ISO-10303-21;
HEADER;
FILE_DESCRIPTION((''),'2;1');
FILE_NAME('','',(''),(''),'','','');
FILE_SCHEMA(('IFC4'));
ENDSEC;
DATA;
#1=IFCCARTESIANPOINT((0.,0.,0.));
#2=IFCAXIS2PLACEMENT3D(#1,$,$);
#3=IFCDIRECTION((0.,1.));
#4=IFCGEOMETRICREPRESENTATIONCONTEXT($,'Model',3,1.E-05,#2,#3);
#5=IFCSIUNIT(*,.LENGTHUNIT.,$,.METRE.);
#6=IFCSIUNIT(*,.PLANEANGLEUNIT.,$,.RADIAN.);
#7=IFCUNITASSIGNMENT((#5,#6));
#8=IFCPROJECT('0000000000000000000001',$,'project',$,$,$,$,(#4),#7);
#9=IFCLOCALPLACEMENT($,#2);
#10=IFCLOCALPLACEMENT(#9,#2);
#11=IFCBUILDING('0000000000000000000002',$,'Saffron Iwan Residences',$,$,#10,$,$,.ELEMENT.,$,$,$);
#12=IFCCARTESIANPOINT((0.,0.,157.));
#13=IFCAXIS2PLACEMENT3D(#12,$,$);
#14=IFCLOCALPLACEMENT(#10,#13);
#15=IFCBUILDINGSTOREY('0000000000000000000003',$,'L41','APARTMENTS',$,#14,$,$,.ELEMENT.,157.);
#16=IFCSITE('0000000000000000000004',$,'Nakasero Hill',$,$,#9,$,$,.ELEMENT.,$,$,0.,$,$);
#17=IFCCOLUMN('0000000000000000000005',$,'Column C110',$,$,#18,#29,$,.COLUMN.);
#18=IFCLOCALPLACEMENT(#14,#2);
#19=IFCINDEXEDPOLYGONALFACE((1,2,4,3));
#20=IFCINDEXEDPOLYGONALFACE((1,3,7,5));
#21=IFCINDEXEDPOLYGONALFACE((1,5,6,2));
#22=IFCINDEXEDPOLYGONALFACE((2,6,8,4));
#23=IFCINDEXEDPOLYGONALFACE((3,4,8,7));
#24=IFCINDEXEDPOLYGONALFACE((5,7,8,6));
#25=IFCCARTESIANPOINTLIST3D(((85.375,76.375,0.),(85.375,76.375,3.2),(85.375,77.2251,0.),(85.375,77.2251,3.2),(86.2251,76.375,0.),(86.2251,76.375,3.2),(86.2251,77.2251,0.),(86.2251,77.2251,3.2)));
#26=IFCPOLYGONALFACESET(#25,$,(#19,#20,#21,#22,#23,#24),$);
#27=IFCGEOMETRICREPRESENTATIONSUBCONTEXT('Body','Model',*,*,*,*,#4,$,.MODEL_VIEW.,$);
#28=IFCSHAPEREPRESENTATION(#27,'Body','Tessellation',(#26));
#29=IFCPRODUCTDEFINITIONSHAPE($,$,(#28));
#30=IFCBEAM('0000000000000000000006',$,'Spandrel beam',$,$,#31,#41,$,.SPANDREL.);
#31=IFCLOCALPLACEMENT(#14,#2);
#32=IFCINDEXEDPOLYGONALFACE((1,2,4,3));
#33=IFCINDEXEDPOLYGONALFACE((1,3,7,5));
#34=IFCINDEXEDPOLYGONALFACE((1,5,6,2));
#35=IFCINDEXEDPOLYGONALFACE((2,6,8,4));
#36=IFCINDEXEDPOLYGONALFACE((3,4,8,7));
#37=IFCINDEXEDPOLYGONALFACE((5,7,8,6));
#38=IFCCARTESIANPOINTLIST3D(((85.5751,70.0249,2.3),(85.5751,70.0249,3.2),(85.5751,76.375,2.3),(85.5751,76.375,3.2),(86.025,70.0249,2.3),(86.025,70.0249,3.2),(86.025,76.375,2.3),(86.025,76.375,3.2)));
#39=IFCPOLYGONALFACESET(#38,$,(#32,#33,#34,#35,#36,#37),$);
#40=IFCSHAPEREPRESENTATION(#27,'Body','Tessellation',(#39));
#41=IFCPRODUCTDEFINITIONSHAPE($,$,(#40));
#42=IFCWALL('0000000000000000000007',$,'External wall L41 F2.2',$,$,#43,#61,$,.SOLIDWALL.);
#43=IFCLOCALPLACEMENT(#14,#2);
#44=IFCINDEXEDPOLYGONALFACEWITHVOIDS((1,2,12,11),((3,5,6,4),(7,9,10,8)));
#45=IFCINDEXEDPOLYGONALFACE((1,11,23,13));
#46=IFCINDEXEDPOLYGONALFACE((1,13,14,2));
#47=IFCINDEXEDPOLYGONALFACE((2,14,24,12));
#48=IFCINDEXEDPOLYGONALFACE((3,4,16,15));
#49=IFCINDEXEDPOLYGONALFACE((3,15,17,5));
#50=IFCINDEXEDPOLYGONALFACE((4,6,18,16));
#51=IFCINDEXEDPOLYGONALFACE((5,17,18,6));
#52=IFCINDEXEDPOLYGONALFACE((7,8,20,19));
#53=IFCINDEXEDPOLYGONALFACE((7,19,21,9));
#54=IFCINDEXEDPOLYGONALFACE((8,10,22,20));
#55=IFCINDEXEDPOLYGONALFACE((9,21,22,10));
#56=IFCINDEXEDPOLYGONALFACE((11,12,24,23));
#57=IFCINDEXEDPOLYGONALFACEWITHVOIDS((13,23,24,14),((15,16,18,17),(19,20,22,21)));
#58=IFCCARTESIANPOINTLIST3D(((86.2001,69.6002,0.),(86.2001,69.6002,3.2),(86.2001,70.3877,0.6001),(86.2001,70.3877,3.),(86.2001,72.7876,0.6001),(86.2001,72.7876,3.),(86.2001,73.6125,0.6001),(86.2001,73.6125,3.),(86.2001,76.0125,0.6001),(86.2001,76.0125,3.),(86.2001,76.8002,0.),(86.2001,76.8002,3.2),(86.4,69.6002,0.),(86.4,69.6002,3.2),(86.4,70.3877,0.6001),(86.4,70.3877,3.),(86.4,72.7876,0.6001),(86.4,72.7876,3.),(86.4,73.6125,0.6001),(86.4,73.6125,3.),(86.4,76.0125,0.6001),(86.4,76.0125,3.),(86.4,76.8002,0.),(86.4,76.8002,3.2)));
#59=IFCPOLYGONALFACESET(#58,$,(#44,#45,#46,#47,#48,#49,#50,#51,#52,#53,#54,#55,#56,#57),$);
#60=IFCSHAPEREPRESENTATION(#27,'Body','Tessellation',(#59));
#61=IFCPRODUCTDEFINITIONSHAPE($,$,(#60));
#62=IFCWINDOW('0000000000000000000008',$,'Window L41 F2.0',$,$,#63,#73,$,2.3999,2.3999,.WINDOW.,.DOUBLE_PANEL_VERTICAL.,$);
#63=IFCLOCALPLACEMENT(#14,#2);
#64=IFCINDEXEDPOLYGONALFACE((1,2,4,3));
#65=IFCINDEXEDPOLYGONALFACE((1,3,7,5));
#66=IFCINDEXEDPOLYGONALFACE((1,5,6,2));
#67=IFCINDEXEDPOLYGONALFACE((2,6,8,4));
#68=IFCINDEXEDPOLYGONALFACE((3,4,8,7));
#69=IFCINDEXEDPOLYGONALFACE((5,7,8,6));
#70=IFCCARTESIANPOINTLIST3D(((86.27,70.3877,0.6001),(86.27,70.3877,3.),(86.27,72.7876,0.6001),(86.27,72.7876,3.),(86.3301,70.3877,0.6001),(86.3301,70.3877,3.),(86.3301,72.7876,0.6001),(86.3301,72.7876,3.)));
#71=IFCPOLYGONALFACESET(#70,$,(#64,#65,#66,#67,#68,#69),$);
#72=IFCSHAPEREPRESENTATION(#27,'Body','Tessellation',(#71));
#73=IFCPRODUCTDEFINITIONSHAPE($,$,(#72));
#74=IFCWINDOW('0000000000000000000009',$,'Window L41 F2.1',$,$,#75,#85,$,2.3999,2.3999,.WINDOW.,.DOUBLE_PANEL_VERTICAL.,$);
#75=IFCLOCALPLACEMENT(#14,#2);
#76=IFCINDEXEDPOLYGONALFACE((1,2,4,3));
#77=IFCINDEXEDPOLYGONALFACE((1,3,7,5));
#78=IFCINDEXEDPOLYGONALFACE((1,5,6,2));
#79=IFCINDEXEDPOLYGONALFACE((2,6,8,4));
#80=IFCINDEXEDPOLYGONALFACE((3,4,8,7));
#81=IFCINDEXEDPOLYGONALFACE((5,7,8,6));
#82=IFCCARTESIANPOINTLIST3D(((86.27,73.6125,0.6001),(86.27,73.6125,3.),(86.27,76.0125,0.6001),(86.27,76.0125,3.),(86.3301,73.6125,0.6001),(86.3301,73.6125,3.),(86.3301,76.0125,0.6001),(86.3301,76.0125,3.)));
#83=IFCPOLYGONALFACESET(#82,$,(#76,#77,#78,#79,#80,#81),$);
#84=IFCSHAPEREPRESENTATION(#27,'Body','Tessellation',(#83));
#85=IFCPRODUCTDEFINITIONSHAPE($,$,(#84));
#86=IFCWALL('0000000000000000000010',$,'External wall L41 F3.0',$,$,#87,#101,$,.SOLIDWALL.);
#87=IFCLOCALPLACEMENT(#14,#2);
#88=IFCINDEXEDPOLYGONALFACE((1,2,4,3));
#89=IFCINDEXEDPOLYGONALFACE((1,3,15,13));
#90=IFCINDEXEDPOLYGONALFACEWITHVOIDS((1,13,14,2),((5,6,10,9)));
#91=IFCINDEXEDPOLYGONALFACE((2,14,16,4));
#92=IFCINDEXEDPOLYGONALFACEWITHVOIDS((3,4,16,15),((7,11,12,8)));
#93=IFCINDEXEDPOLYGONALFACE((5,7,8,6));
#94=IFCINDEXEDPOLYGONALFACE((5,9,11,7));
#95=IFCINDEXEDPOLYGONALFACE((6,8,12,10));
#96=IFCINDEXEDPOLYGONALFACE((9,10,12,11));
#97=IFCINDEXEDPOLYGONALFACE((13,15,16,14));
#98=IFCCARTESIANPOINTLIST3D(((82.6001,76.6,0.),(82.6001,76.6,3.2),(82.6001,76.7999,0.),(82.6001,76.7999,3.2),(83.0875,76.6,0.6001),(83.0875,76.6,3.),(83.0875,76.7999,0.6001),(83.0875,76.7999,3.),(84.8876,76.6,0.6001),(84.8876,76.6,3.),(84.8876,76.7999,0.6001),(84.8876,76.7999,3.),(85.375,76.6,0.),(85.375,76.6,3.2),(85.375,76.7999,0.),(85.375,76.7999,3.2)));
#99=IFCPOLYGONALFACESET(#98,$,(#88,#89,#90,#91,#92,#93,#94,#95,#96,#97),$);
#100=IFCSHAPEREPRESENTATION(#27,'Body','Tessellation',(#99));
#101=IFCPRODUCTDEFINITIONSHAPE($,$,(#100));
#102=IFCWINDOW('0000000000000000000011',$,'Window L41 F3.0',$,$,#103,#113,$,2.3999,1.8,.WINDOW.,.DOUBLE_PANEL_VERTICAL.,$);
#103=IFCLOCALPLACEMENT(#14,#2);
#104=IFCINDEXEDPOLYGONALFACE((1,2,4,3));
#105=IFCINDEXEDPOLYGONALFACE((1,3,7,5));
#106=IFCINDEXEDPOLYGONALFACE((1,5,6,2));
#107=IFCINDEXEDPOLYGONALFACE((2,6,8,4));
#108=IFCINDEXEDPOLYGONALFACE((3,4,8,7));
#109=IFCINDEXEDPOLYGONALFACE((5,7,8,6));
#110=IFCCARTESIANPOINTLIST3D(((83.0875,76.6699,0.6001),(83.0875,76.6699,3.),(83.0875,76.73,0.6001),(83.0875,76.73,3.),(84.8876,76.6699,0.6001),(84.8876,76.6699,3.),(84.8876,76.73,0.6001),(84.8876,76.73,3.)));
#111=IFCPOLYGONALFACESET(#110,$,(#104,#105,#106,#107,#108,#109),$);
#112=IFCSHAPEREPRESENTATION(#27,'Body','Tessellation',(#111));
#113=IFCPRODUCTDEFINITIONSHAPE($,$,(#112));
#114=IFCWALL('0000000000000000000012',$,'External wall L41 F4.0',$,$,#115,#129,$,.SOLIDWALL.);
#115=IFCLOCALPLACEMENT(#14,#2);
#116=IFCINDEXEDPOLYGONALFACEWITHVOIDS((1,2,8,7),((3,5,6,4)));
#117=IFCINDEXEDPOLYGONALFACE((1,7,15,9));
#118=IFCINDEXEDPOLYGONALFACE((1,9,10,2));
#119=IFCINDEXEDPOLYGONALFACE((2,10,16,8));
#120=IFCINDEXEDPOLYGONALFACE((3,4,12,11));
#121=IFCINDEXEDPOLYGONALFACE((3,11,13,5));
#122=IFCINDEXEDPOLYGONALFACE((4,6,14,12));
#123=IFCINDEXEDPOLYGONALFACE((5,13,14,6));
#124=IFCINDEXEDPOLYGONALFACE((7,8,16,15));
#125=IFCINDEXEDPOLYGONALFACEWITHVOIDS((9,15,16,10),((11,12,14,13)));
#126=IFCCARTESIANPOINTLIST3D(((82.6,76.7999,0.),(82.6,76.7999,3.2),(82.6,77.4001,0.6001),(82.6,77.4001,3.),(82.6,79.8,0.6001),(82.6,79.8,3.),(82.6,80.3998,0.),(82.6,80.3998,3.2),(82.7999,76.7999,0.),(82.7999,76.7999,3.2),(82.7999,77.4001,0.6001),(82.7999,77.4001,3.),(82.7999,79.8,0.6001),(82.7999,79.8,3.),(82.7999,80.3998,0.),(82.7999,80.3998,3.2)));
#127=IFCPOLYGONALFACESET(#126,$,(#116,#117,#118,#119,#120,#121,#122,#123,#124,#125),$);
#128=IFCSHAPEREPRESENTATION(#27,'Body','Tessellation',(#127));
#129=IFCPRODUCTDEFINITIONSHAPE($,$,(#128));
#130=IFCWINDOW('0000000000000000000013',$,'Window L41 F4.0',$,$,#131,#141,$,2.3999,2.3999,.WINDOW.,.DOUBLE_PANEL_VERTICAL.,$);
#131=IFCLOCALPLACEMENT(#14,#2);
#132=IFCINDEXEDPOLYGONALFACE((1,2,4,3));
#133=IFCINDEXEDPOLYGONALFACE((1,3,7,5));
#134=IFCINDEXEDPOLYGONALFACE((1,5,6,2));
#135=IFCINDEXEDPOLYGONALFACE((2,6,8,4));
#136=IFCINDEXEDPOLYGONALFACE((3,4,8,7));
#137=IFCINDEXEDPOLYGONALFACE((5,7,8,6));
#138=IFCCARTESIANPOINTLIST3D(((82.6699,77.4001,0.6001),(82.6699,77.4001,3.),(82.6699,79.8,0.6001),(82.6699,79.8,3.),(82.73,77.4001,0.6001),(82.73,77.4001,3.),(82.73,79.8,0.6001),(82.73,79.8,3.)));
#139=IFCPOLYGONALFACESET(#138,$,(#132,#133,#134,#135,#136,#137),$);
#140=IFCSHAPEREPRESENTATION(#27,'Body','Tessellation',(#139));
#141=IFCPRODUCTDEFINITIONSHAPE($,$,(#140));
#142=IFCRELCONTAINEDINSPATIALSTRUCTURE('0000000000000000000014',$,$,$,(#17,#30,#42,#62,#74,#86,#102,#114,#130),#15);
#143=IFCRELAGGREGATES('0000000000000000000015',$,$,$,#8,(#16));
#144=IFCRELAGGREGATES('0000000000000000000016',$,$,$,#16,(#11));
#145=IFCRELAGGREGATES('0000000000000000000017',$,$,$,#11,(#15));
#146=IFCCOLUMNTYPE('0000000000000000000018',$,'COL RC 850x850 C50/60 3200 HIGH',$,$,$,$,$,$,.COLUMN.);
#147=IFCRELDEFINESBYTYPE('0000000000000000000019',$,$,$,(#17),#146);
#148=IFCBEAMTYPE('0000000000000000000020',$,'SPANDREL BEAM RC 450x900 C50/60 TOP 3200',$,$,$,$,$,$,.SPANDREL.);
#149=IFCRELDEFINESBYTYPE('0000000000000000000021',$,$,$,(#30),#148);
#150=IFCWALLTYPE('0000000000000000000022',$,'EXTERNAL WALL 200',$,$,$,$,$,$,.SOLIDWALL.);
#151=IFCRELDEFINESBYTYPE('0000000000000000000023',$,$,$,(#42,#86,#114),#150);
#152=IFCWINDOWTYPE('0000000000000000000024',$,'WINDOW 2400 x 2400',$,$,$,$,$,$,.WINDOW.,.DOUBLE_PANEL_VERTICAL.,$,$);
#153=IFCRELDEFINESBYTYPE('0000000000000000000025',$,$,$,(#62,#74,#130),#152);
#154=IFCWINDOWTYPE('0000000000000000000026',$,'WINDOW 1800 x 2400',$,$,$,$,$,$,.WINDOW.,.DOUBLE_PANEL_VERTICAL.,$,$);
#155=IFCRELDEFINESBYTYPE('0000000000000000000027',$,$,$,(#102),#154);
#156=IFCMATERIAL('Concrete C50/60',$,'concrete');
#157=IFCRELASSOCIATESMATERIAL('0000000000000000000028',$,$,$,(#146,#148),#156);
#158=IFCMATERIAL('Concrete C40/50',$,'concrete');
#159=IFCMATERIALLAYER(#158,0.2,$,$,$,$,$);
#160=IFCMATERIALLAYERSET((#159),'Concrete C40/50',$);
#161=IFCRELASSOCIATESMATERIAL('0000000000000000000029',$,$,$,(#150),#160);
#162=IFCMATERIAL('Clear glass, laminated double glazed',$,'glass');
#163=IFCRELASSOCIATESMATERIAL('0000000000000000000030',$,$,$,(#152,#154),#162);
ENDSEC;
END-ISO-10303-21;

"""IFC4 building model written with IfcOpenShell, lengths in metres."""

from ifc_helpers import new_model, si_unit, direction, frame, frame_2d, origin, origin_2d, place, context, subcontext, project, spatial, rectangle, extrude, source, transform, mapped, material, layer, layer_set, material_profile, profile_set, type_object, element, fill, save


model = new_model("IFC4")

# Units and contexts
model_context = context("Model", 3, precision=1e-05, world=origin(), true_north=direction((0.0, 1.0)))
body_context = subcontext(model_context, "Body", "Model", "MODEL_VIEW")
ifc_project = project(units=[si_unit("LENGTHUNIT", "METRE"), si_unit("PLANEANGLEUNIT", "RADIAN")], contexts=[model_context])

# Site, building, storey
site_placement = place(None, origin())
site = spatial("IfcSite", under=ifc_project, at=site_placement, Name="Nakasero Hill", CompositionType="ELEMENT", RefElevation=0.0)
building_placement = place(site_placement, origin())
building = spatial("IfcBuilding", under=site, at=building_placement, Name="Saffron Iwan Residences", CompositionType="ELEMENT")
storey_placement = place(building_placement, frame((0.0, 0.0, 157.0)))
storey = spatial("IfcBuildingStorey", under=building, at=storey_placement, Name="L41", Description="APARTMENTS", CompositionType="ELEMENT", Elevation=157.0)

# Column
ifc_material_1 = material(Name="Concrete C50/60", Category="concrete")
ifc_material_profile_1 = material_profile(ifc_material_1, rectangle(XDim=0.8501, YDim=0.8501, at=origin_2d()), Name="RC 850x850")
ifc_profile_set_1 = profile_set([ifc_material_profile_1], Name="Concrete C50/60")
column_type = type_object("IfcColumnType", Name="COL RC 850x850 C50/60 3200 HIGH", PredefinedType="COLUMN", material=ifc_profile_set_1)
shared_shape_1 = source(origin(), body_context, "Body", "SweptSolid", [
    extrude(rectangle(XDim=0.8501, YDim=0.8501, at=origin_2d()), origin(), (0.0, 0.0, 1.0), 3.2),
])
column_placement = place(storey_placement, frame((85.8, 76.8, 0.0), z_axis=(0.0, 0.0, 1.0), x_axis=(1.0, 0.0, 0.0)))
element("IfcColumn", 1, at=column_placement, inside=storey, type_object=column_type, Name="Column C110", PredefinedType="COLUMN", context=body_context, shape_type="MappedRepresentation", body=[
    mapped(shared_shape_1, transform((0.0, 0.0, 0.0))),
])

# Beam
ifc_material_profile_2 = material_profile(ifc_material_1, rectangle(XDim=0.45, YDim=0.8999, at=origin_2d()), Name="RC 450x900")
ifc_profile_set_2 = profile_set([ifc_material_profile_2], Name="Concrete C50/60")
beam_type = type_object("IfcBeamType", Name="SPANDREL BEAM RC 450x900 C50/60 TOP 3200", PredefinedType="SPANDREL", material=ifc_profile_set_2)
shared_shape_2 = source(origin(), body_context, "Body", "SweptSolid", [
    extrude(rectangle(XDim=0.45, YDim=0.8999, at=origin_2d()), origin(), (0.0, 0.0, 1.0), 6.3501),
])
beam_placement = place(storey_placement, frame((85.8, 76.375, 2.75), z_axis=(0.0, -1.0, 0.0), x_axis=(1.0, 0.0, 0.0)))
element("IfcBeam", 2, at=beam_placement, inside=storey, type_object=beam_type, Name="Spandrel beam", PredefinedType="SPANDREL", context=body_context, shape_type="MappedRepresentation", body=[
    mapped(shared_shape_2, transform((0.0, 0.0, 0.0))),
])

# Wall, openings, windows
ifc_material_2 = material(Name="Concrete C40/50", Category="concrete")
ifc_layer = layer(ifc_material_2, 0.2)
ifc_layer_set = layer_set([ifc_layer], Name="Concrete C40/50")
wall_type = type_object("IfcWallType", Name="EXTERNAL WALL 200", PredefinedType="SOLIDWALL", material=ifc_layer_set)
wall_1_placement = place(storey_placement, frame((86.3, 69.6001, 0.0), z_axis=(0.0, 0.0, 1.0), x_axis=(0.0, 1.0, 0.0)))
wall_1 = element("IfcWall", 3, at=wall_1_placement, inside=storey, type_object=wall_type, Name="External wall L41 F2.2", PredefinedType="SOLIDWALL", context=body_context, shape_type="SweptSolid", body=[
    extrude(rectangle(XDim=7.2, YDim=0.2, at=frame_2d((3.6001, 0.0))), origin(), (0.0, 0.0, 1.0), 3.2),
])
opening_1_placement = place(wall_1_placement, frame((0.7876, 0.0, 0.6001)))
opening_1 = element("IfcOpeningElement", 4, at=opening_1_placement, cuts=wall_1, PredefinedType="OPENING", context=body_context, shape_type="SweptSolid", body=[
    extrude(rectangle(XDim=2.3999, YDim=2.3999, at=frame_2d((1.2, 1.2))), frame((0.0, 0.1099, 0.0), z_axis=(0.0, -1.0, 0.0), x_axis=(1.0, 0.0, 0.0)), (0.0, 0.0, 1.0), 0.22),
])
opening_2_placement = place(wall_1_placement, frame((4.0125, 0.0, 0.6001)))
opening_2 = element("IfcOpeningElement", 5, at=opening_2_placement, cuts=wall_1, PredefinedType="OPENING", context=body_context, shape_type="SweptSolid", body=[
    extrude(rectangle(XDim=2.3999, YDim=2.3999, at=frame_2d((1.2, 1.2))), frame((0.0, 0.1099, 0.0), z_axis=(0.0, -1.0, 0.0), x_axis=(1.0, 0.0, 0.0)), (0.0, 0.0, 1.0), 0.22),
])
ifc_material_3 = material(Name="Clear glass, laminated double glazed", Category="glass")
window_type_1 = type_object("IfcWindowType", Name="WINDOW 2400 x 2400", PartitioningType="DOUBLE_PANEL_VERTICAL", PredefinedType="WINDOW", material=ifc_material_3)
window_1_placement = place(opening_1_placement, origin())
window_1 = element("IfcWindow", 6, at=window_1_placement, inside=storey, type_object=window_type_1, Name="Window L41 F2.0", OverallHeight=2.3999, OverallWidth=2.3999, PartitioningType="DOUBLE_PANEL_VERTICAL", PredefinedType="WINDOW", context=body_context, shape_type="SweptSolid", body=[
    extrude(rectangle(XDim=2.3999, YDim=2.3999, at=frame_2d((1.2, 1.2))), frame((0.0, 0.03, 0.0), z_axis=(0.0, -1.0, 0.0), x_axis=(1.0, 0.0, 0.0)), (0.0, 0.0, 1.0), 0.0601),
])
fill(opening_1, window_1)
window_2_placement = place(opening_2_placement, origin())
window_2 = element("IfcWindow", 7, at=window_2_placement, inside=storey, type_object=window_type_1, Name="Window L41 F2.1", OverallHeight=2.3999, OverallWidth=2.3999, PartitioningType="DOUBLE_PANEL_VERTICAL", PredefinedType="WINDOW", context=body_context, shape_type="SweptSolid", body=[
    extrude(rectangle(XDim=2.3999, YDim=2.3999, at=frame_2d((1.2, 1.2))), frame((0.0, 0.03, 0.0), z_axis=(0.0, -1.0, 0.0), x_axis=(1.0, 0.0, 0.0)), (0.0, 0.0, 1.0), 0.0601),
])
fill(opening_2, window_2)

# Walls, openings, windows
wall_2_placement = place(storey_placement, frame((85.375, 76.7, 0.0), z_axis=(0.0, 0.0, 1.0), x_axis=(-1.0, 0.0, 0.0)))
wall_2 = element("IfcWall", 8, at=wall_2_placement, inside=storey, type_object=wall_type, Name="External wall L41 F3.0", PredefinedType="SOLIDWALL", context=body_context, shape_type="SweptSolid", body=[
    extrude(rectangle(XDim=2.7749, YDim=0.2, at=frame_2d((1.3875, 0.0))), origin(), (0.0, 0.0, 1.0), 3.2),
])
opening_3_placement = place(wall_2_placement, frame((0.4875, 0.0, 0.6001)))
opening_3 = element("IfcOpeningElement", 9, at=opening_3_placement, cuts=wall_2, PredefinedType="OPENING", context=body_context, shape_type="SweptSolid", body=[
    extrude(rectangle(XDim=1.8, YDim=2.3999, at=frame_2d((0.8999, 1.2))), frame((0.0, 0.1099, 0.0), z_axis=(0.0, -1.0, 0.0), x_axis=(1.0, 0.0, 0.0)), (0.0, 0.0, 1.0), 0.22),
])
window_type_2 = type_object("IfcWindowType", Name="WINDOW 1800 x 2400", PartitioningType="DOUBLE_PANEL_VERTICAL", PredefinedType="WINDOW", material=ifc_material_3)
window_3_placement = place(opening_3_placement, origin())
window_3 = element("IfcWindow", 10, at=window_3_placement, inside=storey, type_object=window_type_2, Name="Window L41 F3.0", OverallHeight=2.3999, OverallWidth=1.8, PartitioningType="DOUBLE_PANEL_VERTICAL", PredefinedType="WINDOW", context=body_context, shape_type="SweptSolid", body=[
    extrude(rectangle(XDim=1.8, YDim=2.3999, at=frame_2d((0.8999, 1.2))), frame((0.0, 0.03, 0.0), z_axis=(0.0, -1.0, 0.0), x_axis=(1.0, 0.0, 0.0)), (0.0, 0.0, 1.0), 0.0601),
])
fill(opening_3, window_3)
wall_3_placement = place(storey_placement, frame((82.7, 76.8, 0.0), z_axis=(0.0, 0.0, 1.0), x_axis=(0.0, 1.0, 0.0)))
wall_3 = element("IfcWall", 11, at=wall_3_placement, inside=storey, type_object=wall_type, Name="External wall L41 F4.0", PredefinedType="SOLIDWALL", context=body_context, shape_type="SweptSolid", body=[
    extrude(rectangle(XDim=3.5999, YDim=0.2, at=frame_2d((1.7998, 0.0))), origin(), (0.0, 0.0, 1.0), 3.2),
])
opening_4_placement = place(wall_3_placement, frame((0.6001, 0.0, 0.6001)))
opening_4 = element("IfcOpeningElement", 12, at=opening_4_placement, cuts=wall_3, PredefinedType="OPENING", context=body_context, shape_type="SweptSolid", body=[
    extrude(rectangle(XDim=2.3999, YDim=2.3999, at=frame_2d((1.2, 1.2))), frame((0.0, 0.1099, 0.0), z_axis=(0.0, -1.0, 0.0), x_axis=(1.0, 0.0, 0.0)), (0.0, 0.0, 1.0), 0.22),
])
window_4_placement = place(opening_4_placement, origin())
window_4 = element("IfcWindow", 13, at=window_4_placement, inside=storey, type_object=window_type_1, Name="Window L41 F4.0", OverallHeight=2.3999, OverallWidth=2.3999, PartitioningType="DOUBLE_PANEL_VERTICAL", PredefinedType="WINDOW", context=body_context, shape_type="SweptSolid", body=[
    extrude(rectangle(XDim=2.3999, YDim=2.3999, at=frame_2d((1.2, 1.2))), frame((0.0, 0.03, 0.0), z_axis=(0.0, -1.0, 0.0), x_axis=(1.0, 0.0, 0.0)), (0.0, 0.0, 1.0), 0.0601),
])
fill(opening_4, window_4)

save(model, "model.ifc")
